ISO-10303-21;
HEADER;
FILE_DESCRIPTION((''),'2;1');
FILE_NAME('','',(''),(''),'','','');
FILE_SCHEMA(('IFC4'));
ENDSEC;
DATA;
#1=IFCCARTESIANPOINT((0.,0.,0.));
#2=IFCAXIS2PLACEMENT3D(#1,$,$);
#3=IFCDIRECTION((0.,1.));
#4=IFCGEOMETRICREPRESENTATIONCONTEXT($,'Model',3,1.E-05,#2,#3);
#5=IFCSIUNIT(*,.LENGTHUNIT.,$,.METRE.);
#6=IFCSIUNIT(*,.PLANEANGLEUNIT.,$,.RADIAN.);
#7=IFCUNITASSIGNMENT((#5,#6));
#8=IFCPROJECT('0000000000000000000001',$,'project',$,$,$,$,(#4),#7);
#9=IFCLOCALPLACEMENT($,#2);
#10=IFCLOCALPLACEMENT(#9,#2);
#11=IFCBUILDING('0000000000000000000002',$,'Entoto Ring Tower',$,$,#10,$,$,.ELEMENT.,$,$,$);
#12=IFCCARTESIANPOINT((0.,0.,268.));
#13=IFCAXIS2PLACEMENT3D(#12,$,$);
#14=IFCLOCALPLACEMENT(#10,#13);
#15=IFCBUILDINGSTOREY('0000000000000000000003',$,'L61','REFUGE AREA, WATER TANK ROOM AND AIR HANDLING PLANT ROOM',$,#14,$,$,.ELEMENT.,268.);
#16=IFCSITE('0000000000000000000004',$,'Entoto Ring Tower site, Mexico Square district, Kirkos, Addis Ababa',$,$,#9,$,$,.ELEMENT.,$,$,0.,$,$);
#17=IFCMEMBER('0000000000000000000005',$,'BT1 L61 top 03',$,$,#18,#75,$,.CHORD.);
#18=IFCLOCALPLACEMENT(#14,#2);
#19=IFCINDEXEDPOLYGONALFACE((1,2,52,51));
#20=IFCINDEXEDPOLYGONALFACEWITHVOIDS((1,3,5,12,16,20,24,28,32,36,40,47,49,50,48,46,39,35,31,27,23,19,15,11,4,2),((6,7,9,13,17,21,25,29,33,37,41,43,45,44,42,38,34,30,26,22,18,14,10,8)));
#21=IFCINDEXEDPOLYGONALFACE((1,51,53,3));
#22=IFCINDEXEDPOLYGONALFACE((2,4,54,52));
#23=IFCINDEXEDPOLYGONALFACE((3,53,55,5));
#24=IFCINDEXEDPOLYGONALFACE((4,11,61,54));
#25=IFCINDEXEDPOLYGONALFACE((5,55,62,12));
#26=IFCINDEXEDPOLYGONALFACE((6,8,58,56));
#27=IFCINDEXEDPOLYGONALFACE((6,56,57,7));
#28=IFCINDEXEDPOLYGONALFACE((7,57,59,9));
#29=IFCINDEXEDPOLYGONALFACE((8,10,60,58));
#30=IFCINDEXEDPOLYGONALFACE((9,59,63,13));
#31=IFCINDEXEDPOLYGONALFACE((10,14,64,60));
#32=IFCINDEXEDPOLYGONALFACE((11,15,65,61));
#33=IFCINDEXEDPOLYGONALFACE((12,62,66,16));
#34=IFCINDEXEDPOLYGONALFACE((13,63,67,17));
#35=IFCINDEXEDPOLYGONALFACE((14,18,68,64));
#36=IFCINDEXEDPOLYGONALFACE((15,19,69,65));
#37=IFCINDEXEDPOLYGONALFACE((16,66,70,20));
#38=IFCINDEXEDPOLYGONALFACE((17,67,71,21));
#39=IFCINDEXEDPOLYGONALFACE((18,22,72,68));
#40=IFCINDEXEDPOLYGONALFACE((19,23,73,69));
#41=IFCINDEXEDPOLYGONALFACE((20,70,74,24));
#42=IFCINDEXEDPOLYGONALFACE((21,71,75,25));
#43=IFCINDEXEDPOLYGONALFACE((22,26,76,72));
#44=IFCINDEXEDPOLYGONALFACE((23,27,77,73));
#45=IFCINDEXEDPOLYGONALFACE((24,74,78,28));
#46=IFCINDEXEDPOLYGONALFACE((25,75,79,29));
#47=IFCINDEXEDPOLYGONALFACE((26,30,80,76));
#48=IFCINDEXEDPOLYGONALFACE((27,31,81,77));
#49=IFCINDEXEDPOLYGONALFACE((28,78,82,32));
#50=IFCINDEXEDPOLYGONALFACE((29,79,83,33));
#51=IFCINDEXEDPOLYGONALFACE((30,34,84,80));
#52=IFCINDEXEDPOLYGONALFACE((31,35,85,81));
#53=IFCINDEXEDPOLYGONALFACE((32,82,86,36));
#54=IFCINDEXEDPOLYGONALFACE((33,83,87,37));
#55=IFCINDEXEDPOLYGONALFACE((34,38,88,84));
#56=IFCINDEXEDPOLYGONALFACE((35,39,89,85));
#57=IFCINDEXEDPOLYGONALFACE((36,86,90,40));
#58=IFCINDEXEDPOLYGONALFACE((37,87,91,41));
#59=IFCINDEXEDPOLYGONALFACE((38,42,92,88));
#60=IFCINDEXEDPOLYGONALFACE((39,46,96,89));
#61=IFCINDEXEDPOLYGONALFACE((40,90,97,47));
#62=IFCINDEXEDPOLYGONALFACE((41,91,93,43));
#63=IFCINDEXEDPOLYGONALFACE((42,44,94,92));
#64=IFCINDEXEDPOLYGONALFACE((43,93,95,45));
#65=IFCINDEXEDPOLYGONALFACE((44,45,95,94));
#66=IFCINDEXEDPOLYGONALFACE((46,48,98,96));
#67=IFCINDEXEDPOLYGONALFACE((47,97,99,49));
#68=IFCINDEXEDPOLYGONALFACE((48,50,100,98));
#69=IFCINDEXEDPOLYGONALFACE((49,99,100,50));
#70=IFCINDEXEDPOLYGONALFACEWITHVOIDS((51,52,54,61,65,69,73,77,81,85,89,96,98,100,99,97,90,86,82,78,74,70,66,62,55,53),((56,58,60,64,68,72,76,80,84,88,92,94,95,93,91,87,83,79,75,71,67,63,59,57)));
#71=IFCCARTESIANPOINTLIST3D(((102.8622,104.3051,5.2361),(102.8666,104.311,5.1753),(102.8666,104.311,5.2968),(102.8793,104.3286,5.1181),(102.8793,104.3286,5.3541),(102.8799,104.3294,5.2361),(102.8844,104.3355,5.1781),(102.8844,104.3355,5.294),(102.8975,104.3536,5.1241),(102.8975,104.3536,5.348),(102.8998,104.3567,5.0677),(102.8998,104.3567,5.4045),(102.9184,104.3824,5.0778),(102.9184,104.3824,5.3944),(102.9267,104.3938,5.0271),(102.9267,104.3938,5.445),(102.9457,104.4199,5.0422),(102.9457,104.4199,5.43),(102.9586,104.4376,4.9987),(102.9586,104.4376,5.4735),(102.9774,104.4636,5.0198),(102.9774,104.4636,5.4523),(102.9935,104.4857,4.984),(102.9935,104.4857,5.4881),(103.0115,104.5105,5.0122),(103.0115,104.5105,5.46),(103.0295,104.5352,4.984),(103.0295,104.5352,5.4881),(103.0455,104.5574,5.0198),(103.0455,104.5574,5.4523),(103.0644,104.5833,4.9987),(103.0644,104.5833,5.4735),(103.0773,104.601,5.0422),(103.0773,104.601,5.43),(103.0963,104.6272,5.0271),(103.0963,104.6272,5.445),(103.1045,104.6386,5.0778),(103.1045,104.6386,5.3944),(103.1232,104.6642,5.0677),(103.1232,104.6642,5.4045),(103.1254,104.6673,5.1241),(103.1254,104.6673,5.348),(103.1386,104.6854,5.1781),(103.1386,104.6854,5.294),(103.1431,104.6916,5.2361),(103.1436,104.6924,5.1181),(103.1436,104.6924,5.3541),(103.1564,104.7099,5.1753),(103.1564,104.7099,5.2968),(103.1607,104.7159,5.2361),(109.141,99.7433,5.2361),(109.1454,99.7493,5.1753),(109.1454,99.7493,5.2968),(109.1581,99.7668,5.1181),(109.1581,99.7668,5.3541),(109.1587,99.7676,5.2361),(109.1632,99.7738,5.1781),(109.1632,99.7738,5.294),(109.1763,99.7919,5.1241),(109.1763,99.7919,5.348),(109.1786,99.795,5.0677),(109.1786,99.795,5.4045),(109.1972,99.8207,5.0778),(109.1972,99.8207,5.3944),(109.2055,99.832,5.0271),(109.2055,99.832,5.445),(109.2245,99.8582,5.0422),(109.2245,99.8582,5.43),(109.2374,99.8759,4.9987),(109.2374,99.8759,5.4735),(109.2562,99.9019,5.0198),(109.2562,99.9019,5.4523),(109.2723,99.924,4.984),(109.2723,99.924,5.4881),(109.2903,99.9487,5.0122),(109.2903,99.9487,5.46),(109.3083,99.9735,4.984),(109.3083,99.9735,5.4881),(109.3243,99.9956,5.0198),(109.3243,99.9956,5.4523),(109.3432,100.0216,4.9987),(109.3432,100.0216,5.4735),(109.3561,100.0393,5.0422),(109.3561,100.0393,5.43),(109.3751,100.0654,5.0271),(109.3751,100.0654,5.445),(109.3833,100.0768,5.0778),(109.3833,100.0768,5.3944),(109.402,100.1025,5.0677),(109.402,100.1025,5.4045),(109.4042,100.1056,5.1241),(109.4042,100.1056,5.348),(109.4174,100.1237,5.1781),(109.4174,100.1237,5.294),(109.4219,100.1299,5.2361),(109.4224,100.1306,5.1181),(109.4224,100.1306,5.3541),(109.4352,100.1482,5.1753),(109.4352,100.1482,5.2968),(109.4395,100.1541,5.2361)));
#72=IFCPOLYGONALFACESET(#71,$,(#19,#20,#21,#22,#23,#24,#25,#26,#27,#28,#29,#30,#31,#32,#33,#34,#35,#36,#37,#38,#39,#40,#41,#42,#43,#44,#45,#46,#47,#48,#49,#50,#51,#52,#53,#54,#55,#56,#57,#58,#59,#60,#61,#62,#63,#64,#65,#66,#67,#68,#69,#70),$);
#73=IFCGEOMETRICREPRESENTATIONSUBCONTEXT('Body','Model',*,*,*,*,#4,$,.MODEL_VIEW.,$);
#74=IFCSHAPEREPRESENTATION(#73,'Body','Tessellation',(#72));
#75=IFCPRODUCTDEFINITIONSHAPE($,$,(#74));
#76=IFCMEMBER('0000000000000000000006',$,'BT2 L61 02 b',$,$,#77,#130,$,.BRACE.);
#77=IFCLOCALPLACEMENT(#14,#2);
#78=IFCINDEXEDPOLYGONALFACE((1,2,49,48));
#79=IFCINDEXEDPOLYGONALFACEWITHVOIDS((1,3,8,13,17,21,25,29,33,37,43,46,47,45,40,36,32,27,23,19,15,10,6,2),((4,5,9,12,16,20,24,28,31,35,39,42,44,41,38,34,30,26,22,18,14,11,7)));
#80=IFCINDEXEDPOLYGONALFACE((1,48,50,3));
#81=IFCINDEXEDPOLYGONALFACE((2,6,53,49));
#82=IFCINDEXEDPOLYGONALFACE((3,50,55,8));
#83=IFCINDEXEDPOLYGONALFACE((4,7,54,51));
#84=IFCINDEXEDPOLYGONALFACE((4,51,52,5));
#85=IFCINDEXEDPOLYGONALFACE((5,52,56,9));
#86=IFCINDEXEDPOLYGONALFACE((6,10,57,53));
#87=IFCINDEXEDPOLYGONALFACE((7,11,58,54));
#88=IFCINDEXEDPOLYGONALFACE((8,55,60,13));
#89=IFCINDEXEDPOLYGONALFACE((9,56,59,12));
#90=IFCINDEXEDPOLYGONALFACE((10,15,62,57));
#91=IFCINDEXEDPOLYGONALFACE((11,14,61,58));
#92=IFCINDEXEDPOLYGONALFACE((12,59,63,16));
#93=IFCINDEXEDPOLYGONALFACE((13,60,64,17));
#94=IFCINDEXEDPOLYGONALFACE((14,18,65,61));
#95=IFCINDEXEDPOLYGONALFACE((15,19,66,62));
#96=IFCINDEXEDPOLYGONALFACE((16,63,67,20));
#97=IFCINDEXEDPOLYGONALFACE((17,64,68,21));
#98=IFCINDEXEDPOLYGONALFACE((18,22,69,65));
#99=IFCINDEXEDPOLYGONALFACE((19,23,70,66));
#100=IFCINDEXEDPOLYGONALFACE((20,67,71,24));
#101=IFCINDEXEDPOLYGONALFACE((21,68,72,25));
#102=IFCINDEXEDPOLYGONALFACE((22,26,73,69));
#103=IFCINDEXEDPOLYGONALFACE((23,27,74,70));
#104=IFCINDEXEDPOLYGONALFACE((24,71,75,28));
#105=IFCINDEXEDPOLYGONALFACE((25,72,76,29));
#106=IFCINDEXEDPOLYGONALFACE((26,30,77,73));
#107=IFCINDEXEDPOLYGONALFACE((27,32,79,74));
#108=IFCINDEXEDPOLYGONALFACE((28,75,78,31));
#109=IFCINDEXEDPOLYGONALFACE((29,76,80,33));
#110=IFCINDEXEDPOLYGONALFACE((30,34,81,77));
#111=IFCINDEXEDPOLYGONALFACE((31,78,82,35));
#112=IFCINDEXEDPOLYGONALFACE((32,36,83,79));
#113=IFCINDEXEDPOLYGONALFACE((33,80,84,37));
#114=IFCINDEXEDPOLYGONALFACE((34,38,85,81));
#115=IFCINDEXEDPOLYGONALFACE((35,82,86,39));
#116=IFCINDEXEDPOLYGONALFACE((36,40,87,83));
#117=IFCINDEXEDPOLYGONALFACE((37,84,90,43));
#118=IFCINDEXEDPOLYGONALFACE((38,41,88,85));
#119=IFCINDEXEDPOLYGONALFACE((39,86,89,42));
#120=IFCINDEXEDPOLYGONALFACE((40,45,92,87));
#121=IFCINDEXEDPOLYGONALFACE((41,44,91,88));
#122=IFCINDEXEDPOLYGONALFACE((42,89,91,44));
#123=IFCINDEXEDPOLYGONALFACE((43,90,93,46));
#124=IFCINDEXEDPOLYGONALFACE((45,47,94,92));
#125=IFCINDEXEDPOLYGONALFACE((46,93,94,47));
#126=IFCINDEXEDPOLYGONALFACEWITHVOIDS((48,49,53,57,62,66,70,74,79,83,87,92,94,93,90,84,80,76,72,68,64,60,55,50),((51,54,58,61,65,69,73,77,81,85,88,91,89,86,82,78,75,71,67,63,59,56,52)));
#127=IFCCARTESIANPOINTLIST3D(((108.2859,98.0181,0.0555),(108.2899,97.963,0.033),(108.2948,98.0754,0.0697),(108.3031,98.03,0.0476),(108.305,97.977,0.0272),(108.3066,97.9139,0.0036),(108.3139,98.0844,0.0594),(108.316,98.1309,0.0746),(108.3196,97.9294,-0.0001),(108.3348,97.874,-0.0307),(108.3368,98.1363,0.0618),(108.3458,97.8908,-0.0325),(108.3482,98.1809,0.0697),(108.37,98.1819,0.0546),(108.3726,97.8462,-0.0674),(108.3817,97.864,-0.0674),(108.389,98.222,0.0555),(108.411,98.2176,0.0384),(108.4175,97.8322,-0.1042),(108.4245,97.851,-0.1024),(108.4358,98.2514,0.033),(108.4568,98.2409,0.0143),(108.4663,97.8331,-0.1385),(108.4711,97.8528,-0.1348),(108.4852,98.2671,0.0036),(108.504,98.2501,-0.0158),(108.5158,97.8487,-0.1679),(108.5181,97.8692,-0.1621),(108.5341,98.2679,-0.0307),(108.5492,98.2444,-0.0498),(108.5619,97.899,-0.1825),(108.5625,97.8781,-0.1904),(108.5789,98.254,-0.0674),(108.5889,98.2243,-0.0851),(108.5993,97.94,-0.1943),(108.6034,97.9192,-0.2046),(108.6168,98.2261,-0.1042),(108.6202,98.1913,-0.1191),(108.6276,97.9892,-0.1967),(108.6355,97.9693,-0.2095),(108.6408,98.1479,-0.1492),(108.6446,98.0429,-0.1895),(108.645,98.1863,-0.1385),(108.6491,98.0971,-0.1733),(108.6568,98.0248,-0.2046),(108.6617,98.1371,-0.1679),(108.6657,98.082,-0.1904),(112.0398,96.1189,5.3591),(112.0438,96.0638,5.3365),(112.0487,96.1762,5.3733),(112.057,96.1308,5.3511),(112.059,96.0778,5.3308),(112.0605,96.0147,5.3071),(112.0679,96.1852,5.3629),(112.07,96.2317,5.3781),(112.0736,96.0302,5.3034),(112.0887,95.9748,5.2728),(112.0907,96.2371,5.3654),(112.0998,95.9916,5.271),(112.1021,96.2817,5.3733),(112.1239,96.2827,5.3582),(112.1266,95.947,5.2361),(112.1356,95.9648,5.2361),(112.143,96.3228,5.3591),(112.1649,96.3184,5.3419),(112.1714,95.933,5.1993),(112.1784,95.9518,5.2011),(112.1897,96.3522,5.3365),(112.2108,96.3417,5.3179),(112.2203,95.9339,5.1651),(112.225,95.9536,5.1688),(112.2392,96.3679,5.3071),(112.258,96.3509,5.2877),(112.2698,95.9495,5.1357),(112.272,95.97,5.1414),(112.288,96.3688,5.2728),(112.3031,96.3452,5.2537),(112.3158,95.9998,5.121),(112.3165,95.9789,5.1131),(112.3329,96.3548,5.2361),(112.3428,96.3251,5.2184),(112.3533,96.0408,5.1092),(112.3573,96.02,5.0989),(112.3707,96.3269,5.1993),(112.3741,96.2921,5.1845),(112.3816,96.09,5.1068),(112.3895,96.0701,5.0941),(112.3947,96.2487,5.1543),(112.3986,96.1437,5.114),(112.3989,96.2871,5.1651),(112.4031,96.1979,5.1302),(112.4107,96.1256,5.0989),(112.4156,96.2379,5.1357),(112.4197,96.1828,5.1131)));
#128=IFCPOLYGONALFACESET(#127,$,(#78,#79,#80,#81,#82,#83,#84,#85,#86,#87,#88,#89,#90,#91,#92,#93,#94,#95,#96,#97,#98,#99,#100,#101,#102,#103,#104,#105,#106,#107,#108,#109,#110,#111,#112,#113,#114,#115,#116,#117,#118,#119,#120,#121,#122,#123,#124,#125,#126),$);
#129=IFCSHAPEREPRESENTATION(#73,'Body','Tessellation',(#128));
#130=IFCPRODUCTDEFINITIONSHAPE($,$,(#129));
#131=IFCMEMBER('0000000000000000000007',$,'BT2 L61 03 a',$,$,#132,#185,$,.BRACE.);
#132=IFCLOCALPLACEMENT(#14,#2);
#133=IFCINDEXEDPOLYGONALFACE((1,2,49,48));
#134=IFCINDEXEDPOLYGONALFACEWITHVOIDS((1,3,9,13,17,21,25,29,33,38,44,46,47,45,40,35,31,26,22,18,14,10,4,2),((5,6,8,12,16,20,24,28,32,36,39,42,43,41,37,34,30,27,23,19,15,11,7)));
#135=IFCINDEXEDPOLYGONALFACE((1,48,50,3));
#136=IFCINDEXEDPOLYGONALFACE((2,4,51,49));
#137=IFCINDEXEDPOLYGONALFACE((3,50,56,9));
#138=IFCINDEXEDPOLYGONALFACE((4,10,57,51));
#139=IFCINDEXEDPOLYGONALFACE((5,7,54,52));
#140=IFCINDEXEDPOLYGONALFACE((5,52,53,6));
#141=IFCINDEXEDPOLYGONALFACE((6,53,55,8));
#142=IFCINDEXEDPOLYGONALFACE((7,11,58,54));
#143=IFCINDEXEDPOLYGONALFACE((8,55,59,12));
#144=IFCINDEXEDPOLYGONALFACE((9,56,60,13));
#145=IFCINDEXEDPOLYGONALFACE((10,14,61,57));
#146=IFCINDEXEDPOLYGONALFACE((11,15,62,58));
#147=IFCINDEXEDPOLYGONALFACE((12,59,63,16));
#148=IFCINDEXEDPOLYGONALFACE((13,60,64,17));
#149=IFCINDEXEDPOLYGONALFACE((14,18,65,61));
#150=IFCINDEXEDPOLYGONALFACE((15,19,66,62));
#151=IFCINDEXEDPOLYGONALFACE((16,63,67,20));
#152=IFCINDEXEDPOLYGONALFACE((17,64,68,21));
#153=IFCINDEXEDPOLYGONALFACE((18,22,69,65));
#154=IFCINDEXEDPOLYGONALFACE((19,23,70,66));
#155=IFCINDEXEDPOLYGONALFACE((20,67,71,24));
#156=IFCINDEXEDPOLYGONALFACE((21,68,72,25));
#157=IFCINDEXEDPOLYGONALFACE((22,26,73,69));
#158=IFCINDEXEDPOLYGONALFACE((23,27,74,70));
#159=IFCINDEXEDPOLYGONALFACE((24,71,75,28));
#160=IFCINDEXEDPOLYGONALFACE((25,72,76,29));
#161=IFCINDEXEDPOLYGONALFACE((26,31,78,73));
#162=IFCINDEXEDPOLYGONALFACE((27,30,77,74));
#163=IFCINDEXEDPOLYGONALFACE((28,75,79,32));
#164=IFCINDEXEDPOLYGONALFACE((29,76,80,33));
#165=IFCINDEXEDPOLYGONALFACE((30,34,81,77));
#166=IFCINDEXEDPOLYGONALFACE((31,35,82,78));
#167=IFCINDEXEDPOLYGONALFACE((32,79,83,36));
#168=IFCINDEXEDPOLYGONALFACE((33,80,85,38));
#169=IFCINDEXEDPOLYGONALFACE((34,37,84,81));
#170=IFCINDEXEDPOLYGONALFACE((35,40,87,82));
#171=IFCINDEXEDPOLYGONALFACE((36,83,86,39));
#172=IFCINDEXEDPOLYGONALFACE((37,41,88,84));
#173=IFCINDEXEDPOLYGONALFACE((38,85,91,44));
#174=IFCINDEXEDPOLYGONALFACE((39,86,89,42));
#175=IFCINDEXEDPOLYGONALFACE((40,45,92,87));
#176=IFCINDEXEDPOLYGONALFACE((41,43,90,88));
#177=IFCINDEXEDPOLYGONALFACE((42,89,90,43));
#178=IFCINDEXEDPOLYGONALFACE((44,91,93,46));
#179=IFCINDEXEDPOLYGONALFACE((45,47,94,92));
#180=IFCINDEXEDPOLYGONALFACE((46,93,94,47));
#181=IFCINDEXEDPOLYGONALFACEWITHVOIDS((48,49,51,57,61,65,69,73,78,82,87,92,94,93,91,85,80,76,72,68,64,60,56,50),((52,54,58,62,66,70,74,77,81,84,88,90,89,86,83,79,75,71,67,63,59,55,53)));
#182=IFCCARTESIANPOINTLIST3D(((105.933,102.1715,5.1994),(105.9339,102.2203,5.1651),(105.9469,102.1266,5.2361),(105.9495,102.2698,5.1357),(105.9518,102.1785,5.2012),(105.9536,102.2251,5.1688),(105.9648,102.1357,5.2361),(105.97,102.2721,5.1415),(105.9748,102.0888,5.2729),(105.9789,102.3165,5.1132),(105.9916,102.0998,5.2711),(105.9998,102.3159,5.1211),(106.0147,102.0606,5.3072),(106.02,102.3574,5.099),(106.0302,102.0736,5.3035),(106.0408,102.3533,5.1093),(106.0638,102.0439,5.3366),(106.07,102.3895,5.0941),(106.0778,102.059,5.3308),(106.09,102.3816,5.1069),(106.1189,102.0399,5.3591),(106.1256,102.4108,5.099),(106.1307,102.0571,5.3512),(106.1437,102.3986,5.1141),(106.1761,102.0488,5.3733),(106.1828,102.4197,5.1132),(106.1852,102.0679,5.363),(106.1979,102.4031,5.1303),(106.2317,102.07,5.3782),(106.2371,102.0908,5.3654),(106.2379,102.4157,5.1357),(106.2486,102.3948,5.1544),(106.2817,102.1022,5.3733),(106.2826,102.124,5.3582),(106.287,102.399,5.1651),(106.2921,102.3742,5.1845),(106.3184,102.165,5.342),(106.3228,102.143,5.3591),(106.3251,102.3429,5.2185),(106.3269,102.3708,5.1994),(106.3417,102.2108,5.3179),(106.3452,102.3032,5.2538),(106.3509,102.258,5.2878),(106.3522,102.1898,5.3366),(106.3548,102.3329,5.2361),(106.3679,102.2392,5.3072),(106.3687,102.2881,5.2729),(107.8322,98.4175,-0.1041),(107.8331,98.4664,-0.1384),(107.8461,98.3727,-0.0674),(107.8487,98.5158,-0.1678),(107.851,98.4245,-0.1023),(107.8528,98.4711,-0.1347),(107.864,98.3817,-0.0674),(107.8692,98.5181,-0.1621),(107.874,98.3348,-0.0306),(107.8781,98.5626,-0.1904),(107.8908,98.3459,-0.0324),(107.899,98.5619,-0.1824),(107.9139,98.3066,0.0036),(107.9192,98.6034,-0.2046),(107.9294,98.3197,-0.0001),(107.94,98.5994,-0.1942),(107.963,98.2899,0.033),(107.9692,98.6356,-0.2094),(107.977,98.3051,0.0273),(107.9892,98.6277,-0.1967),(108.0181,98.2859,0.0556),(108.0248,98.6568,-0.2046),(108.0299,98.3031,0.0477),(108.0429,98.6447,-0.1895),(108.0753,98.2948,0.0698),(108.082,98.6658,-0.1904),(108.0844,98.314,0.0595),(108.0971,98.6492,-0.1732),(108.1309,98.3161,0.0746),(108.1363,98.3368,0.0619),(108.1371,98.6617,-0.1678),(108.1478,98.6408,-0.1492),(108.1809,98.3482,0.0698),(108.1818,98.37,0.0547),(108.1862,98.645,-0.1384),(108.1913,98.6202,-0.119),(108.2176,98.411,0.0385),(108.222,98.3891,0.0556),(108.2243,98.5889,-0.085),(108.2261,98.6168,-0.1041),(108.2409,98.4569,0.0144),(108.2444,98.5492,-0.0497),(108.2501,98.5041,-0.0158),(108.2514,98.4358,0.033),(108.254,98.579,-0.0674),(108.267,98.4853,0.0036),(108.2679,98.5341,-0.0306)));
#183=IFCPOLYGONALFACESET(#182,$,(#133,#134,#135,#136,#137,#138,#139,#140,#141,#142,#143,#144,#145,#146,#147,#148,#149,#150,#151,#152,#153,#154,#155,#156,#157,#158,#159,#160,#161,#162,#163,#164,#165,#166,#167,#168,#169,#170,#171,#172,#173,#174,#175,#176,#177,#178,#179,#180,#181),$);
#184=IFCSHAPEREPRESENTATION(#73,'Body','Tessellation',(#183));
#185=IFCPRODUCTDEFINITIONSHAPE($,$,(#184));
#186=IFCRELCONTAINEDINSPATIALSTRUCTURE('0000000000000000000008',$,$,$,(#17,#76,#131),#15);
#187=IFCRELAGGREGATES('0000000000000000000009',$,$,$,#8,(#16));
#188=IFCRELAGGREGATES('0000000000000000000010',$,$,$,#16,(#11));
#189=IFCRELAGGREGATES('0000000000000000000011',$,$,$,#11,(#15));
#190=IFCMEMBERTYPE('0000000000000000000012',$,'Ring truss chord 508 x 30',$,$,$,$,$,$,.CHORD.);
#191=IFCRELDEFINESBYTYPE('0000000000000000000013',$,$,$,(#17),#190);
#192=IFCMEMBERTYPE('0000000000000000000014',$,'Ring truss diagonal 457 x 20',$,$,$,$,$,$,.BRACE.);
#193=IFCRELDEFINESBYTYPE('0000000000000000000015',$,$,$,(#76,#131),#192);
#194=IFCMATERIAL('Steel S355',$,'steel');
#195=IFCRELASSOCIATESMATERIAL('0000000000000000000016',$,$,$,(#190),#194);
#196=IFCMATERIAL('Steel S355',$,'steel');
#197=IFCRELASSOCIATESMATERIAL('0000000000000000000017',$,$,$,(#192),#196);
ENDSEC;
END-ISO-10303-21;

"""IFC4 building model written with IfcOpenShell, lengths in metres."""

from ifc_helpers import new_model, si_unit, direction, frame, origin, origin_2d, place, context, subcontext, project, spatial, circle, hollow_circle, extrude, material, material_profile, profile_set, type_object, element, save


model = new_model("IFC4")

# Units and contexts
model_context = context("Model", 3, precision=1e-05, world=origin(), true_north=direction((0.0, 1.0)))
body_context = subcontext(model_context, "Body", "Model", "MODEL_VIEW")
ifc_project = project(units=[si_unit("LENGTHUNIT", "METRE"), si_unit("PLANEANGLEUNIT", "RADIAN")], contexts=[model_context])

# Site, building, storey
site_placement = place(None, origin())
site = spatial("IfcSite", under=ifc_project, at=site_placement, Name="Entoto Ring Tower site, Mexico Square district, Kirkos, Addis Ababa", CompositionType="ELEMENT", RefElevation=0.0)
building_placement = place(site_placement, origin())
building = spatial("IfcBuilding", under=site, at=building_placement, Name="Entoto Ring Tower", CompositionType="ELEMENT")
storey_placement = place(building_placement, frame((0.0, 0.0, 268.0)))
storey = spatial("IfcBuildingStorey", under=building, at=storey_placement, Name="L61", Description="REFUGE AREA, WATER TANK ROOM AND AIR HANDLING PLANT ROOM", CompositionType="ELEMENT", Elevation=268.0)

# Members
ifc_material_1 = material(Name="Steel S355", Category="steel")
ifc_material_profile_1 = material_profile(ifc_material_1, hollow_circle(Radius=0.2539, WallThickness=0.03, at=origin_2d()), Name="CHS 508 x 30")
ifc_material_2 = material(Name="Concrete C60/75", Category="concrete")
ifc_material_profile_2 = material_profile(ifc_material_2, circle(Radius=0.2241, at=origin_2d()), Name="Concrete C60/75 infill")
ifc_profile_set_1 = profile_set([ifc_material_profile_1, ifc_material_profile_2], Name="Steel S355")
member_type_1 = type_object("IfcMemberType", Name="Ring truss chord 508 x 30", PredefinedType="CHORD", material=ifc_profile_set_1)
member_1_placement = place(storey_placement, frame((109.2903, 99.9487, 5.2361), z_axis=(-0.80902, 0.587781, 0.0), x_axis=(-0.587781, -0.80902, 0.0)))
element("IfcMember", 1, at=member_1_placement, inside=storey, type_object=member_type_1, Name="BT1 L61 top 03", PredefinedType="CHORD", context=body_context, shape_type="SweptSolid", body=[
    extrude(hollow_circle(Radius=0.2539, WallThickness=0.03, at=origin_2d()), origin(), (0.0, 0.0, 1.0), 7.761),
])
ifc_material_3 = material(Name="Steel S355", Category="steel")
ifc_material_profile_3 = material_profile(ifc_material_3, hollow_circle(Radius=0.2285, WallThickness=0.02, at=origin_2d()), Name="CHS 457 x 20")
ifc_material_4 = material(Name="Concrete C60/75", Category="concrete")
ifc_material_profile_4 = material_profile(ifc_material_4, circle(Radius=0.2085, at=origin_2d()), Name="Concrete C60/75 infill")
ifc_profile_set_2 = profile_set([ifc_material_profile_3, ifc_material_profile_4], Name="Steel S355")
member_type_2 = type_object("IfcMemberType", Name="Ring truss diagonal 457 x 20", PredefinedType="BRACE", material=ifc_profile_set_2)
for number, where, z_axis, x_axis, name in (
    (2, (112.2297, 96.1509, 5.2361), (-0.554537, 0.28055, -0.783442), (-0.451433, -0.892305, 0.0), "BT2 L61 02 b"),
    (3, (108.05, 98.4758, -0.0674), (-0.28055, 0.554537, 0.783442), (-0.892305, -0.451433, 0.0), "BT2 L61 03 a"),
):
    element("IfcMember", number, at=place(storey_placement, frame(where, z_axis=z_axis, x_axis=x_axis)), inside=storey, type_object=member_type_2, Name=name, PredefinedType="BRACE", context=body_context, shape_type="SweptSolid", body=[
        extrude(hollow_circle(Radius=0.2285, WallThickness=0.02, at=origin_2d()), origin(), (0.0, 0.0, 1.0), 6.7695),
    ])

save(model, "model.ifc")
